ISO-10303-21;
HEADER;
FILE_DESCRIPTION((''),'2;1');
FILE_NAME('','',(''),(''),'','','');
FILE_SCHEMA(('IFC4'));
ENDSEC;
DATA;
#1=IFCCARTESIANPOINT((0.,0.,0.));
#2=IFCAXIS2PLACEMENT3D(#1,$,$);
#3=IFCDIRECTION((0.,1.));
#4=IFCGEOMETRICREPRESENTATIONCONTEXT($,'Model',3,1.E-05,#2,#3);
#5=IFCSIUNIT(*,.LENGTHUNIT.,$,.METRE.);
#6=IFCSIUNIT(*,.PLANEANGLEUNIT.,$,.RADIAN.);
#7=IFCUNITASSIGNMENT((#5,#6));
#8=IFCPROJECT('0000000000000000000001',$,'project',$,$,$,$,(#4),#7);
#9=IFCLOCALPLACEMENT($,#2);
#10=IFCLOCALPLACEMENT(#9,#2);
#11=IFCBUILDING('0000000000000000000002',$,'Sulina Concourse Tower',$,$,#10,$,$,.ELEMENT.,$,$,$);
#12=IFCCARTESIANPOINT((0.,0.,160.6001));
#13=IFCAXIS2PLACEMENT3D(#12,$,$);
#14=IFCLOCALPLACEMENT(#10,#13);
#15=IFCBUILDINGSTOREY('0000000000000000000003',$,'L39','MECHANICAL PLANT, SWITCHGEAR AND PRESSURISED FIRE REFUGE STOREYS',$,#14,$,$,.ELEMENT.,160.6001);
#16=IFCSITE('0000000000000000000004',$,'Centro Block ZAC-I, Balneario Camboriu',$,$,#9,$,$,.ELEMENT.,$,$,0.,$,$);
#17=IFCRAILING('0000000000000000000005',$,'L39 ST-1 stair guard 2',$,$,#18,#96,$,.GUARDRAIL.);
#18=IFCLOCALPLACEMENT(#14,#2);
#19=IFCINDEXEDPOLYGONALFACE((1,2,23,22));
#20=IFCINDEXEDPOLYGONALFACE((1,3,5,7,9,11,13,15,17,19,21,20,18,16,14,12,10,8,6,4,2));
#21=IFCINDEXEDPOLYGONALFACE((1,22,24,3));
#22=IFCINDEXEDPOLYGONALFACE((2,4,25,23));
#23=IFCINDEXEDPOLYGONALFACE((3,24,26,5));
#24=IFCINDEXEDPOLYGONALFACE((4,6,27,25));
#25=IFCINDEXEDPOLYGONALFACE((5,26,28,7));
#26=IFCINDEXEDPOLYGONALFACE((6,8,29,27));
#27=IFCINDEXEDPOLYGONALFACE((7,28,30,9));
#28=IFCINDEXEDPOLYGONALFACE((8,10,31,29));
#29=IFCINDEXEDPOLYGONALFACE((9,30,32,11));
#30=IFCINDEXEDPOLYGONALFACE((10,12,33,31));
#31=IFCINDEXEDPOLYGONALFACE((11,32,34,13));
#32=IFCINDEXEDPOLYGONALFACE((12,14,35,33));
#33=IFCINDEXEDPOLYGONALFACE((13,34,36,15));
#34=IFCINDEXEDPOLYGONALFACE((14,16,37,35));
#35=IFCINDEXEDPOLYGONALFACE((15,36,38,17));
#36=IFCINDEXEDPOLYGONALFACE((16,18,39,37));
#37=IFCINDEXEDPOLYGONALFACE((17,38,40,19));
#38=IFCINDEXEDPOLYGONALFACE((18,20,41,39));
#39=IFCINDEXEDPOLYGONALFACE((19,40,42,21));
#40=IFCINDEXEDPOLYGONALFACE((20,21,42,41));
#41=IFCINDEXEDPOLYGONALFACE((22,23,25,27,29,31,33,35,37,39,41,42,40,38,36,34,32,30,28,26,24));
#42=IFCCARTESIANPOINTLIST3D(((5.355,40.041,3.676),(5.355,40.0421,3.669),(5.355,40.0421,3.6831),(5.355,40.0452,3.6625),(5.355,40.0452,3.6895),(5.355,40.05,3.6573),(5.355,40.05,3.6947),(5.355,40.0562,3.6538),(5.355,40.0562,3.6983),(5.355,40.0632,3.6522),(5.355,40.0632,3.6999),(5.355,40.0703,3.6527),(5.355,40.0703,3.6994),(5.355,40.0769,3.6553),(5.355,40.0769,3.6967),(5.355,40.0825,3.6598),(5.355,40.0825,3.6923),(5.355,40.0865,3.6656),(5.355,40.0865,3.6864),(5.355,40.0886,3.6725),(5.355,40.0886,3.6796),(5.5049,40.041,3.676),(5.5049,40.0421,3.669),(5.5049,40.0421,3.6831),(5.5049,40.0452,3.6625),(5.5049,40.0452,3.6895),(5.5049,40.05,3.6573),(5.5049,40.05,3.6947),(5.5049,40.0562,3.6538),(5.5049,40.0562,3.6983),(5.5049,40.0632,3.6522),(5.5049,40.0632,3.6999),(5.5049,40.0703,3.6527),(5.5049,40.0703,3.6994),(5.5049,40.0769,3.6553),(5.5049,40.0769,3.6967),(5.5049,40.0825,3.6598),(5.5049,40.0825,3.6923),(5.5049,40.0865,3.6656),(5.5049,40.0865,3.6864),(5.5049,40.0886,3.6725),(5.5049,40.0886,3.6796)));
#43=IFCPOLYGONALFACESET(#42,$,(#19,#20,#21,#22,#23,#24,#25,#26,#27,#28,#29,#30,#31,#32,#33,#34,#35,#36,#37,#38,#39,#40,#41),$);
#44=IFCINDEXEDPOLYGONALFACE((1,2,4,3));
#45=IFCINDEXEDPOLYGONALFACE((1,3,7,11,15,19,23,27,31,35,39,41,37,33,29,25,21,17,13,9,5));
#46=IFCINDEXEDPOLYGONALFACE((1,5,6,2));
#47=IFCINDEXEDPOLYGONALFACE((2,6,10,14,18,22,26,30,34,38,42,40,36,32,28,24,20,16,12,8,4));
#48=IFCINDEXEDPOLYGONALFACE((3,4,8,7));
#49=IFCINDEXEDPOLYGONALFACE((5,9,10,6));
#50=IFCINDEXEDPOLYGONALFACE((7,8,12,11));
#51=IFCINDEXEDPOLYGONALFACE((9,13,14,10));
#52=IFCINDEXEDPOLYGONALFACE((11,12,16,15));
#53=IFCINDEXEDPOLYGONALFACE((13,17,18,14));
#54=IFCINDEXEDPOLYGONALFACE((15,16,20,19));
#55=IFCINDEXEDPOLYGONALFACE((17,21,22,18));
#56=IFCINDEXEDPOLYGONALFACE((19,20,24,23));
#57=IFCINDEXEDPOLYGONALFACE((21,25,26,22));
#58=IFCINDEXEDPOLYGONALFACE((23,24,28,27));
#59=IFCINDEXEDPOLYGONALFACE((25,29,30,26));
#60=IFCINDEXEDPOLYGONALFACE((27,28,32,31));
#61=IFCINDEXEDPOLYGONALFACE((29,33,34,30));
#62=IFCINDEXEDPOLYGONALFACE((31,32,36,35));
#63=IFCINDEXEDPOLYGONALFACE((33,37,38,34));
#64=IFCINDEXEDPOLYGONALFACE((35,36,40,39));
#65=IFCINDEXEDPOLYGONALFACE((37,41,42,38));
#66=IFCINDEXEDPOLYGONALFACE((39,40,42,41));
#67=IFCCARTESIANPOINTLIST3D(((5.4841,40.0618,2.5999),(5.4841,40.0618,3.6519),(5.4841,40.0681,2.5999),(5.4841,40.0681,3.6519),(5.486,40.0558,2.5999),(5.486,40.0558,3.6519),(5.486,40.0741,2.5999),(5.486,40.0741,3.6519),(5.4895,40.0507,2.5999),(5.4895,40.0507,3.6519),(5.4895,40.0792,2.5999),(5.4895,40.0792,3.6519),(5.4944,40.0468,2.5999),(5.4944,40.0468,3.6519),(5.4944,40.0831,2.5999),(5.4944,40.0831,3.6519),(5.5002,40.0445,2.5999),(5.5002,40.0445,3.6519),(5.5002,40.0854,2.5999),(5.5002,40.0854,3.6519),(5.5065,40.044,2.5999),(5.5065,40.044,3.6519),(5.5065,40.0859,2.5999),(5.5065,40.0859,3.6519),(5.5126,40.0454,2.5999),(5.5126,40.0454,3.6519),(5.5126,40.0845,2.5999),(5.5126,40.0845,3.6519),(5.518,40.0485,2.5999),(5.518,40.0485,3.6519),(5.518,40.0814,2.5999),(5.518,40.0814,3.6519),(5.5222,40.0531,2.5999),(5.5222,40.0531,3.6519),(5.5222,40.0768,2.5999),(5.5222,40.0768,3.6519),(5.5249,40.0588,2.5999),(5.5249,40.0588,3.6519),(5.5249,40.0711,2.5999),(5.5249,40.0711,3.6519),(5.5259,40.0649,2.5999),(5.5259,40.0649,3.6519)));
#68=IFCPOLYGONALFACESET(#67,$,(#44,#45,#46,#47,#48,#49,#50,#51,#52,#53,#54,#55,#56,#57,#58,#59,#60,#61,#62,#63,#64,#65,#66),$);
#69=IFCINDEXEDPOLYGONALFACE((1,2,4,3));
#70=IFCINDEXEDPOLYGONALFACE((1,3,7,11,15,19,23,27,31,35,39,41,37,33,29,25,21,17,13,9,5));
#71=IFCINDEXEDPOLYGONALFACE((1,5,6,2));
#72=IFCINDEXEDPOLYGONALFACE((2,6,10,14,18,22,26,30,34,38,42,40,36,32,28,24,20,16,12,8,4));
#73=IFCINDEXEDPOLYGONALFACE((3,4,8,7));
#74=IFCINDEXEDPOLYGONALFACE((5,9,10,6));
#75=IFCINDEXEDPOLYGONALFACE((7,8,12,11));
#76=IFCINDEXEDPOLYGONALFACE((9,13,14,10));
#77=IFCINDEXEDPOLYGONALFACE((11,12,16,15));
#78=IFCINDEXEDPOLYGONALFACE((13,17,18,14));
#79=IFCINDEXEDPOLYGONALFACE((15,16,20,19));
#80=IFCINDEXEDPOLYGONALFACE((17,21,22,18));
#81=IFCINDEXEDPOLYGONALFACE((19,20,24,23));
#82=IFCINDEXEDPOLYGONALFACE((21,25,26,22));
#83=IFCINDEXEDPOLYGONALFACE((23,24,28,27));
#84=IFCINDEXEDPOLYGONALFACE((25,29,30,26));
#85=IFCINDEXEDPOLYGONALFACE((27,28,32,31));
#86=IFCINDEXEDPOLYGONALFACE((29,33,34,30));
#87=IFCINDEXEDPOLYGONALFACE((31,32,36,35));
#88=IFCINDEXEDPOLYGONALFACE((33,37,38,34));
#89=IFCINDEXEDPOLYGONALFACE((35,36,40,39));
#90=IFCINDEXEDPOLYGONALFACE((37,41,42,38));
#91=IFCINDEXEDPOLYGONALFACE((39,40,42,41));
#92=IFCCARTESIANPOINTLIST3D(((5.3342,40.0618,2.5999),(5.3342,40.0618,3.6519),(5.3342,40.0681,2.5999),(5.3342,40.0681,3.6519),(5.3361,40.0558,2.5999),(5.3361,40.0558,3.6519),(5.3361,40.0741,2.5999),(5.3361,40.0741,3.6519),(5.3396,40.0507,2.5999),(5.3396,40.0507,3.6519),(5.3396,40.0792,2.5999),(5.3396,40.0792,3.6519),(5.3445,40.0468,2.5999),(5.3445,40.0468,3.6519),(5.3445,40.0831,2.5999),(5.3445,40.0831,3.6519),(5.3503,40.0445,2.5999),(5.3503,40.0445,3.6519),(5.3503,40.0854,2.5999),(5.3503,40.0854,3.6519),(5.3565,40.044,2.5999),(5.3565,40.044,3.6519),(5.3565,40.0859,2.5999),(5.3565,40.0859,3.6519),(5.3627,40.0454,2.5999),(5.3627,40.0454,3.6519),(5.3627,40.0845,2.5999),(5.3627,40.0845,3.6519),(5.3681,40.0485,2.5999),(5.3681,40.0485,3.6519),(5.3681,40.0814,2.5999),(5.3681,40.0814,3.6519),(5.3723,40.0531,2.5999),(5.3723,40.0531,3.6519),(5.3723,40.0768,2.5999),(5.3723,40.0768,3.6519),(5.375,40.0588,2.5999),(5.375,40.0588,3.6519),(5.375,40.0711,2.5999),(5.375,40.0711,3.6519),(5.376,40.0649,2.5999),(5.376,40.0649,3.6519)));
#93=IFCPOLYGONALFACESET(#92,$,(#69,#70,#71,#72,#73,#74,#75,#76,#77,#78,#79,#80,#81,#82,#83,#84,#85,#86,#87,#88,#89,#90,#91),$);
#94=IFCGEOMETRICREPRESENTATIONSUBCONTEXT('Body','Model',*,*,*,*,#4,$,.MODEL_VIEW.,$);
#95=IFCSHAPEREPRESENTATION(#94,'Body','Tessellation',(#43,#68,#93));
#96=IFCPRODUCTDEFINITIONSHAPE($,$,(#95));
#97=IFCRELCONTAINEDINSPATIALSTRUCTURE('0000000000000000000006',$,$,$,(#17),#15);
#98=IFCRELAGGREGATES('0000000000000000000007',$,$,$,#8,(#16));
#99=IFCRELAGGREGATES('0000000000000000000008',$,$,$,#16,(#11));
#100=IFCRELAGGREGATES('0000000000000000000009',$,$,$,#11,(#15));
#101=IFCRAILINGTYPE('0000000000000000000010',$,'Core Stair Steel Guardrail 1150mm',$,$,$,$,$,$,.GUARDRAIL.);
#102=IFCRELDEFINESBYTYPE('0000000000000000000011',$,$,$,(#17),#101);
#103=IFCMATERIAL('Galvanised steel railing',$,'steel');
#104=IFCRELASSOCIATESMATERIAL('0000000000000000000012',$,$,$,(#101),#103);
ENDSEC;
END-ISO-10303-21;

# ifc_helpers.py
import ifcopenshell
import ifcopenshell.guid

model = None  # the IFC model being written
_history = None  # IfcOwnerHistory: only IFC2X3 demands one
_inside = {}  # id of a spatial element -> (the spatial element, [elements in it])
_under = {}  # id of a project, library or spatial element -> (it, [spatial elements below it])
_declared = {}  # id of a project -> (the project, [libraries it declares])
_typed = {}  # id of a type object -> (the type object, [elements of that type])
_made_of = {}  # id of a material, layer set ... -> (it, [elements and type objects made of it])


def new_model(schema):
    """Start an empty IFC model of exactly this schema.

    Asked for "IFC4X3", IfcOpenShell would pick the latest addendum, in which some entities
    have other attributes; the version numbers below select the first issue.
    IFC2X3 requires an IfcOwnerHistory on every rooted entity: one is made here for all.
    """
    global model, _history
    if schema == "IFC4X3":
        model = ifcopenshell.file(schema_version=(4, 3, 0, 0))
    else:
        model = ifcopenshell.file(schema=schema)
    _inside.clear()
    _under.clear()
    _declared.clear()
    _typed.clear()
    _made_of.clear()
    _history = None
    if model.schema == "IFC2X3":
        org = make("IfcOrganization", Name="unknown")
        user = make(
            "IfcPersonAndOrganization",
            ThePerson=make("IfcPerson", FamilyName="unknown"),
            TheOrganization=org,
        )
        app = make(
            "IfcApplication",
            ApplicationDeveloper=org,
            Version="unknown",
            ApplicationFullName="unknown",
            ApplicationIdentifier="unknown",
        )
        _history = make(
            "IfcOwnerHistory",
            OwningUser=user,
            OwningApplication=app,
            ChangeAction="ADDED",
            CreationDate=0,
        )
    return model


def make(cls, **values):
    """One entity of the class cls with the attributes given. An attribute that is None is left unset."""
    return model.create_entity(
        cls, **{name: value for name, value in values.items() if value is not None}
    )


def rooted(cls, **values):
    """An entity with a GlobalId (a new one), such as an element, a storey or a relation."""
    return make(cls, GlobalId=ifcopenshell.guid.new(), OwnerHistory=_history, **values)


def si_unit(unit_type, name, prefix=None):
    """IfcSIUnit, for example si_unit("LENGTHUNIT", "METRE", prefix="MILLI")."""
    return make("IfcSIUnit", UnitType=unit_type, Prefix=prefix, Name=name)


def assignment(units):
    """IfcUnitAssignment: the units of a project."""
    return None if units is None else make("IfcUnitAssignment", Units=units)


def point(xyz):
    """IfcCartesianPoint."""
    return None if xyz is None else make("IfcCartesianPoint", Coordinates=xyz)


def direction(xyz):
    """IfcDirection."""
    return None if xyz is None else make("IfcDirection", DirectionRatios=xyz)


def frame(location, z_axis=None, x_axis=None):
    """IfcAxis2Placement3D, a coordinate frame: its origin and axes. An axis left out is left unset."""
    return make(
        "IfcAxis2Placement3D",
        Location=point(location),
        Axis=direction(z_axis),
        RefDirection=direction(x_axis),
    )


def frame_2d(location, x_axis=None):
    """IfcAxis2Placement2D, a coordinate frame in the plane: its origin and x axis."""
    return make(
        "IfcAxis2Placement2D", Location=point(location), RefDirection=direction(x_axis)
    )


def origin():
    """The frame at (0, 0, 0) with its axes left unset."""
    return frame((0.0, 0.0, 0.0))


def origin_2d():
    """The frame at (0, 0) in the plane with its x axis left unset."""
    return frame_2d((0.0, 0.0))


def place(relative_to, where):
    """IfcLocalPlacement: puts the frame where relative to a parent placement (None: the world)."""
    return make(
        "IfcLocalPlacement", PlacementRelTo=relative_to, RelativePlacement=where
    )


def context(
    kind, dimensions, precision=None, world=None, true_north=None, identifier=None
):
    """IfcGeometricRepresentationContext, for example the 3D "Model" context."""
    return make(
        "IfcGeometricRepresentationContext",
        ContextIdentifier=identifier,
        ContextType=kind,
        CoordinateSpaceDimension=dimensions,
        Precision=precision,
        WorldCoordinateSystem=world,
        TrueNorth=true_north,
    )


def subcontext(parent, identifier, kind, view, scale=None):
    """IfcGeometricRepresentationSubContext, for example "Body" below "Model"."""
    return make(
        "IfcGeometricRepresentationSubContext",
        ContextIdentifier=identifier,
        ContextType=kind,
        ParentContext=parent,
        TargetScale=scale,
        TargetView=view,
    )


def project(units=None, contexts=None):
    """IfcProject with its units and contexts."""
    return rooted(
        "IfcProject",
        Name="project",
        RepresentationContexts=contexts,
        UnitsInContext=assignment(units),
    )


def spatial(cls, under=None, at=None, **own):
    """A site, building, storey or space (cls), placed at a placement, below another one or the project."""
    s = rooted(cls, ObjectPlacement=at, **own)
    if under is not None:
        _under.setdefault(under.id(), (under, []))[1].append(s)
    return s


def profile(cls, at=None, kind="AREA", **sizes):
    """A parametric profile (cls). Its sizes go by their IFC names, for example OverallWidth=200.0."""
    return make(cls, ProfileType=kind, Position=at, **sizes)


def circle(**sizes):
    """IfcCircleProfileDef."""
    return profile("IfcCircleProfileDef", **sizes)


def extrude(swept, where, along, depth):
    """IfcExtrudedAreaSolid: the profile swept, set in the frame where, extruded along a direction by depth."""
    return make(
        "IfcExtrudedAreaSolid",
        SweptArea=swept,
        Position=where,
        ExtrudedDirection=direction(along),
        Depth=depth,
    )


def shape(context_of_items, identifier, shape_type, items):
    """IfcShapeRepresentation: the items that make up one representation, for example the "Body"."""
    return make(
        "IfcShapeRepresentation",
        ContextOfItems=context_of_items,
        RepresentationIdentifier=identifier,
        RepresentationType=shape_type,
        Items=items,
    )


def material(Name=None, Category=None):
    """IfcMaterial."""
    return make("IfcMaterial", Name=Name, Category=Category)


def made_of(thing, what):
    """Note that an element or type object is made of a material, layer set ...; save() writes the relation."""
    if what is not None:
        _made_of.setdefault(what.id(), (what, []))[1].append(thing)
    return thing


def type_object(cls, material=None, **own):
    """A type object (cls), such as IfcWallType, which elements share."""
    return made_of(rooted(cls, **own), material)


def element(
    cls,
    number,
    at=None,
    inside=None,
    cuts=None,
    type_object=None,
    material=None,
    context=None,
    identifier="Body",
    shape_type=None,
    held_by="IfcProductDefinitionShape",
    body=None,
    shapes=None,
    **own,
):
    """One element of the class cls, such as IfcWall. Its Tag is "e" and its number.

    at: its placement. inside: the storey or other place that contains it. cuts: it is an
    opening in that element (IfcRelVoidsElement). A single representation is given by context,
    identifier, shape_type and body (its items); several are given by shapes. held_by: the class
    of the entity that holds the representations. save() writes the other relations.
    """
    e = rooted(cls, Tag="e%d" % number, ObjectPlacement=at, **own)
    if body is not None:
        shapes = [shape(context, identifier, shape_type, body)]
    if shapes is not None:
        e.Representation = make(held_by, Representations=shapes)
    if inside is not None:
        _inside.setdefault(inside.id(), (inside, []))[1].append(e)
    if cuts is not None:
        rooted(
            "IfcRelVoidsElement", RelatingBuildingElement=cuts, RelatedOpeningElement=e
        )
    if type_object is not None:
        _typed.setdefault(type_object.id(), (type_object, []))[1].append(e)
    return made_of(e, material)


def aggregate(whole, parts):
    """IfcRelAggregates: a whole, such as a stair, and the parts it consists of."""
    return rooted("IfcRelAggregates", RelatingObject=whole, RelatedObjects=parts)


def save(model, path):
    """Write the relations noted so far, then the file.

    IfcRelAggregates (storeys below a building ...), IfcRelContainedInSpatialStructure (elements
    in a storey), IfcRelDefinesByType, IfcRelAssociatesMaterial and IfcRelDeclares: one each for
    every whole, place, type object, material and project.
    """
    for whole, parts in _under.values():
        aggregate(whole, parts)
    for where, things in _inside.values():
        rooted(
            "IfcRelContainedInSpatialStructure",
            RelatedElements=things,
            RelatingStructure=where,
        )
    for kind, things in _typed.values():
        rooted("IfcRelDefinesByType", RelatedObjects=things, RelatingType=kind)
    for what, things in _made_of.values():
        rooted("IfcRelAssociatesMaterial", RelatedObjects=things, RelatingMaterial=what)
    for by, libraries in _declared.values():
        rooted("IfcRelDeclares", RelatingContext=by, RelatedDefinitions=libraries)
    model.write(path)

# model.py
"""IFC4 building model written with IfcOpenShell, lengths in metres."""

from ifc_helpers import new_model, si_unit, direction, frame, origin, origin_2d, place, context, subcontext, project, spatial, circle, extrude, material, type_object, element, save


model = new_model("IFC4")

# Units and contexts
model_context = context("Model", 3, precision=1e-05, world=origin(), true_north=direction((0.0, 1.0)))
body_context = subcontext(model_context, "Body", "Model", "MODEL_VIEW")
ifc_project = project(units=[si_unit("LENGTHUNIT", "METRE"), si_unit("PLANEANGLEUNIT", "RADIAN")], contexts=[model_context])

# Site, building, storey
site_placement = place(None, origin())
site = spatial("IfcSite", under=ifc_project, at=site_placement, Name="Centro Block ZAC-I, Balneario Camboriu", CompositionType="ELEMENT", RefElevation=0.0)
building_placement = place(site_placement, origin())
building = spatial("IfcBuilding", under=site, at=building_placement, Name="Sulina Concourse Tower", CompositionType="ELEMENT")
storey_placement = place(building_placement, frame((0.0, 0.0, 160.6001)))
storey = spatial("IfcBuildingStorey", under=building, at=storey_placement, Name="L39", Description="MECHANICAL PLANT, SWITCHGEAR AND PRESSURISED FIRE REFUGE STOREYS", CompositionType="ELEMENT", Elevation=160.6001)

# Railing
ifc_material_1 = material(Name="Galvanised steel railing", Category="steel")
railing_type_1 = type_object("IfcRailingType", Name="Core Stair Steel Guardrail 1150mm", PredefinedType="GUARDRAIL", material=ifc_material_1)
railing_1_placement = place(storey_placement, frame((5.5049, 40.0649, 2.5999)))
element("IfcRailing", 1, at=railing_1_placement, inside=storey, type_object=railing_type_1, Name="L39 ST-1 stair guard 2", PredefinedType="GUARDRAIL", context=body_context, shape_type="SweptSolid", body=[
    extrude(circle(Radius=0.0239, at=origin_2d()), frame((0.0, 0.0, 1.0762), z_axis=(-1.0, 0.0, 0.0), x_axis=(0.0, -1.0, 0.0)), (0.0, 0.0, 1.0), 0.1499),
    extrude(circle(Radius=0.021, at=origin_2d()), origin(), (0.0, 0.0, 1.0), 1.052),
    extrude(circle(Radius=0.021, at=origin_2d()), frame((-0.1499, 0.0, 0.0)), (0.0, 0.0, 1.0), 1.052),
])

save(model, "model.ifc")
